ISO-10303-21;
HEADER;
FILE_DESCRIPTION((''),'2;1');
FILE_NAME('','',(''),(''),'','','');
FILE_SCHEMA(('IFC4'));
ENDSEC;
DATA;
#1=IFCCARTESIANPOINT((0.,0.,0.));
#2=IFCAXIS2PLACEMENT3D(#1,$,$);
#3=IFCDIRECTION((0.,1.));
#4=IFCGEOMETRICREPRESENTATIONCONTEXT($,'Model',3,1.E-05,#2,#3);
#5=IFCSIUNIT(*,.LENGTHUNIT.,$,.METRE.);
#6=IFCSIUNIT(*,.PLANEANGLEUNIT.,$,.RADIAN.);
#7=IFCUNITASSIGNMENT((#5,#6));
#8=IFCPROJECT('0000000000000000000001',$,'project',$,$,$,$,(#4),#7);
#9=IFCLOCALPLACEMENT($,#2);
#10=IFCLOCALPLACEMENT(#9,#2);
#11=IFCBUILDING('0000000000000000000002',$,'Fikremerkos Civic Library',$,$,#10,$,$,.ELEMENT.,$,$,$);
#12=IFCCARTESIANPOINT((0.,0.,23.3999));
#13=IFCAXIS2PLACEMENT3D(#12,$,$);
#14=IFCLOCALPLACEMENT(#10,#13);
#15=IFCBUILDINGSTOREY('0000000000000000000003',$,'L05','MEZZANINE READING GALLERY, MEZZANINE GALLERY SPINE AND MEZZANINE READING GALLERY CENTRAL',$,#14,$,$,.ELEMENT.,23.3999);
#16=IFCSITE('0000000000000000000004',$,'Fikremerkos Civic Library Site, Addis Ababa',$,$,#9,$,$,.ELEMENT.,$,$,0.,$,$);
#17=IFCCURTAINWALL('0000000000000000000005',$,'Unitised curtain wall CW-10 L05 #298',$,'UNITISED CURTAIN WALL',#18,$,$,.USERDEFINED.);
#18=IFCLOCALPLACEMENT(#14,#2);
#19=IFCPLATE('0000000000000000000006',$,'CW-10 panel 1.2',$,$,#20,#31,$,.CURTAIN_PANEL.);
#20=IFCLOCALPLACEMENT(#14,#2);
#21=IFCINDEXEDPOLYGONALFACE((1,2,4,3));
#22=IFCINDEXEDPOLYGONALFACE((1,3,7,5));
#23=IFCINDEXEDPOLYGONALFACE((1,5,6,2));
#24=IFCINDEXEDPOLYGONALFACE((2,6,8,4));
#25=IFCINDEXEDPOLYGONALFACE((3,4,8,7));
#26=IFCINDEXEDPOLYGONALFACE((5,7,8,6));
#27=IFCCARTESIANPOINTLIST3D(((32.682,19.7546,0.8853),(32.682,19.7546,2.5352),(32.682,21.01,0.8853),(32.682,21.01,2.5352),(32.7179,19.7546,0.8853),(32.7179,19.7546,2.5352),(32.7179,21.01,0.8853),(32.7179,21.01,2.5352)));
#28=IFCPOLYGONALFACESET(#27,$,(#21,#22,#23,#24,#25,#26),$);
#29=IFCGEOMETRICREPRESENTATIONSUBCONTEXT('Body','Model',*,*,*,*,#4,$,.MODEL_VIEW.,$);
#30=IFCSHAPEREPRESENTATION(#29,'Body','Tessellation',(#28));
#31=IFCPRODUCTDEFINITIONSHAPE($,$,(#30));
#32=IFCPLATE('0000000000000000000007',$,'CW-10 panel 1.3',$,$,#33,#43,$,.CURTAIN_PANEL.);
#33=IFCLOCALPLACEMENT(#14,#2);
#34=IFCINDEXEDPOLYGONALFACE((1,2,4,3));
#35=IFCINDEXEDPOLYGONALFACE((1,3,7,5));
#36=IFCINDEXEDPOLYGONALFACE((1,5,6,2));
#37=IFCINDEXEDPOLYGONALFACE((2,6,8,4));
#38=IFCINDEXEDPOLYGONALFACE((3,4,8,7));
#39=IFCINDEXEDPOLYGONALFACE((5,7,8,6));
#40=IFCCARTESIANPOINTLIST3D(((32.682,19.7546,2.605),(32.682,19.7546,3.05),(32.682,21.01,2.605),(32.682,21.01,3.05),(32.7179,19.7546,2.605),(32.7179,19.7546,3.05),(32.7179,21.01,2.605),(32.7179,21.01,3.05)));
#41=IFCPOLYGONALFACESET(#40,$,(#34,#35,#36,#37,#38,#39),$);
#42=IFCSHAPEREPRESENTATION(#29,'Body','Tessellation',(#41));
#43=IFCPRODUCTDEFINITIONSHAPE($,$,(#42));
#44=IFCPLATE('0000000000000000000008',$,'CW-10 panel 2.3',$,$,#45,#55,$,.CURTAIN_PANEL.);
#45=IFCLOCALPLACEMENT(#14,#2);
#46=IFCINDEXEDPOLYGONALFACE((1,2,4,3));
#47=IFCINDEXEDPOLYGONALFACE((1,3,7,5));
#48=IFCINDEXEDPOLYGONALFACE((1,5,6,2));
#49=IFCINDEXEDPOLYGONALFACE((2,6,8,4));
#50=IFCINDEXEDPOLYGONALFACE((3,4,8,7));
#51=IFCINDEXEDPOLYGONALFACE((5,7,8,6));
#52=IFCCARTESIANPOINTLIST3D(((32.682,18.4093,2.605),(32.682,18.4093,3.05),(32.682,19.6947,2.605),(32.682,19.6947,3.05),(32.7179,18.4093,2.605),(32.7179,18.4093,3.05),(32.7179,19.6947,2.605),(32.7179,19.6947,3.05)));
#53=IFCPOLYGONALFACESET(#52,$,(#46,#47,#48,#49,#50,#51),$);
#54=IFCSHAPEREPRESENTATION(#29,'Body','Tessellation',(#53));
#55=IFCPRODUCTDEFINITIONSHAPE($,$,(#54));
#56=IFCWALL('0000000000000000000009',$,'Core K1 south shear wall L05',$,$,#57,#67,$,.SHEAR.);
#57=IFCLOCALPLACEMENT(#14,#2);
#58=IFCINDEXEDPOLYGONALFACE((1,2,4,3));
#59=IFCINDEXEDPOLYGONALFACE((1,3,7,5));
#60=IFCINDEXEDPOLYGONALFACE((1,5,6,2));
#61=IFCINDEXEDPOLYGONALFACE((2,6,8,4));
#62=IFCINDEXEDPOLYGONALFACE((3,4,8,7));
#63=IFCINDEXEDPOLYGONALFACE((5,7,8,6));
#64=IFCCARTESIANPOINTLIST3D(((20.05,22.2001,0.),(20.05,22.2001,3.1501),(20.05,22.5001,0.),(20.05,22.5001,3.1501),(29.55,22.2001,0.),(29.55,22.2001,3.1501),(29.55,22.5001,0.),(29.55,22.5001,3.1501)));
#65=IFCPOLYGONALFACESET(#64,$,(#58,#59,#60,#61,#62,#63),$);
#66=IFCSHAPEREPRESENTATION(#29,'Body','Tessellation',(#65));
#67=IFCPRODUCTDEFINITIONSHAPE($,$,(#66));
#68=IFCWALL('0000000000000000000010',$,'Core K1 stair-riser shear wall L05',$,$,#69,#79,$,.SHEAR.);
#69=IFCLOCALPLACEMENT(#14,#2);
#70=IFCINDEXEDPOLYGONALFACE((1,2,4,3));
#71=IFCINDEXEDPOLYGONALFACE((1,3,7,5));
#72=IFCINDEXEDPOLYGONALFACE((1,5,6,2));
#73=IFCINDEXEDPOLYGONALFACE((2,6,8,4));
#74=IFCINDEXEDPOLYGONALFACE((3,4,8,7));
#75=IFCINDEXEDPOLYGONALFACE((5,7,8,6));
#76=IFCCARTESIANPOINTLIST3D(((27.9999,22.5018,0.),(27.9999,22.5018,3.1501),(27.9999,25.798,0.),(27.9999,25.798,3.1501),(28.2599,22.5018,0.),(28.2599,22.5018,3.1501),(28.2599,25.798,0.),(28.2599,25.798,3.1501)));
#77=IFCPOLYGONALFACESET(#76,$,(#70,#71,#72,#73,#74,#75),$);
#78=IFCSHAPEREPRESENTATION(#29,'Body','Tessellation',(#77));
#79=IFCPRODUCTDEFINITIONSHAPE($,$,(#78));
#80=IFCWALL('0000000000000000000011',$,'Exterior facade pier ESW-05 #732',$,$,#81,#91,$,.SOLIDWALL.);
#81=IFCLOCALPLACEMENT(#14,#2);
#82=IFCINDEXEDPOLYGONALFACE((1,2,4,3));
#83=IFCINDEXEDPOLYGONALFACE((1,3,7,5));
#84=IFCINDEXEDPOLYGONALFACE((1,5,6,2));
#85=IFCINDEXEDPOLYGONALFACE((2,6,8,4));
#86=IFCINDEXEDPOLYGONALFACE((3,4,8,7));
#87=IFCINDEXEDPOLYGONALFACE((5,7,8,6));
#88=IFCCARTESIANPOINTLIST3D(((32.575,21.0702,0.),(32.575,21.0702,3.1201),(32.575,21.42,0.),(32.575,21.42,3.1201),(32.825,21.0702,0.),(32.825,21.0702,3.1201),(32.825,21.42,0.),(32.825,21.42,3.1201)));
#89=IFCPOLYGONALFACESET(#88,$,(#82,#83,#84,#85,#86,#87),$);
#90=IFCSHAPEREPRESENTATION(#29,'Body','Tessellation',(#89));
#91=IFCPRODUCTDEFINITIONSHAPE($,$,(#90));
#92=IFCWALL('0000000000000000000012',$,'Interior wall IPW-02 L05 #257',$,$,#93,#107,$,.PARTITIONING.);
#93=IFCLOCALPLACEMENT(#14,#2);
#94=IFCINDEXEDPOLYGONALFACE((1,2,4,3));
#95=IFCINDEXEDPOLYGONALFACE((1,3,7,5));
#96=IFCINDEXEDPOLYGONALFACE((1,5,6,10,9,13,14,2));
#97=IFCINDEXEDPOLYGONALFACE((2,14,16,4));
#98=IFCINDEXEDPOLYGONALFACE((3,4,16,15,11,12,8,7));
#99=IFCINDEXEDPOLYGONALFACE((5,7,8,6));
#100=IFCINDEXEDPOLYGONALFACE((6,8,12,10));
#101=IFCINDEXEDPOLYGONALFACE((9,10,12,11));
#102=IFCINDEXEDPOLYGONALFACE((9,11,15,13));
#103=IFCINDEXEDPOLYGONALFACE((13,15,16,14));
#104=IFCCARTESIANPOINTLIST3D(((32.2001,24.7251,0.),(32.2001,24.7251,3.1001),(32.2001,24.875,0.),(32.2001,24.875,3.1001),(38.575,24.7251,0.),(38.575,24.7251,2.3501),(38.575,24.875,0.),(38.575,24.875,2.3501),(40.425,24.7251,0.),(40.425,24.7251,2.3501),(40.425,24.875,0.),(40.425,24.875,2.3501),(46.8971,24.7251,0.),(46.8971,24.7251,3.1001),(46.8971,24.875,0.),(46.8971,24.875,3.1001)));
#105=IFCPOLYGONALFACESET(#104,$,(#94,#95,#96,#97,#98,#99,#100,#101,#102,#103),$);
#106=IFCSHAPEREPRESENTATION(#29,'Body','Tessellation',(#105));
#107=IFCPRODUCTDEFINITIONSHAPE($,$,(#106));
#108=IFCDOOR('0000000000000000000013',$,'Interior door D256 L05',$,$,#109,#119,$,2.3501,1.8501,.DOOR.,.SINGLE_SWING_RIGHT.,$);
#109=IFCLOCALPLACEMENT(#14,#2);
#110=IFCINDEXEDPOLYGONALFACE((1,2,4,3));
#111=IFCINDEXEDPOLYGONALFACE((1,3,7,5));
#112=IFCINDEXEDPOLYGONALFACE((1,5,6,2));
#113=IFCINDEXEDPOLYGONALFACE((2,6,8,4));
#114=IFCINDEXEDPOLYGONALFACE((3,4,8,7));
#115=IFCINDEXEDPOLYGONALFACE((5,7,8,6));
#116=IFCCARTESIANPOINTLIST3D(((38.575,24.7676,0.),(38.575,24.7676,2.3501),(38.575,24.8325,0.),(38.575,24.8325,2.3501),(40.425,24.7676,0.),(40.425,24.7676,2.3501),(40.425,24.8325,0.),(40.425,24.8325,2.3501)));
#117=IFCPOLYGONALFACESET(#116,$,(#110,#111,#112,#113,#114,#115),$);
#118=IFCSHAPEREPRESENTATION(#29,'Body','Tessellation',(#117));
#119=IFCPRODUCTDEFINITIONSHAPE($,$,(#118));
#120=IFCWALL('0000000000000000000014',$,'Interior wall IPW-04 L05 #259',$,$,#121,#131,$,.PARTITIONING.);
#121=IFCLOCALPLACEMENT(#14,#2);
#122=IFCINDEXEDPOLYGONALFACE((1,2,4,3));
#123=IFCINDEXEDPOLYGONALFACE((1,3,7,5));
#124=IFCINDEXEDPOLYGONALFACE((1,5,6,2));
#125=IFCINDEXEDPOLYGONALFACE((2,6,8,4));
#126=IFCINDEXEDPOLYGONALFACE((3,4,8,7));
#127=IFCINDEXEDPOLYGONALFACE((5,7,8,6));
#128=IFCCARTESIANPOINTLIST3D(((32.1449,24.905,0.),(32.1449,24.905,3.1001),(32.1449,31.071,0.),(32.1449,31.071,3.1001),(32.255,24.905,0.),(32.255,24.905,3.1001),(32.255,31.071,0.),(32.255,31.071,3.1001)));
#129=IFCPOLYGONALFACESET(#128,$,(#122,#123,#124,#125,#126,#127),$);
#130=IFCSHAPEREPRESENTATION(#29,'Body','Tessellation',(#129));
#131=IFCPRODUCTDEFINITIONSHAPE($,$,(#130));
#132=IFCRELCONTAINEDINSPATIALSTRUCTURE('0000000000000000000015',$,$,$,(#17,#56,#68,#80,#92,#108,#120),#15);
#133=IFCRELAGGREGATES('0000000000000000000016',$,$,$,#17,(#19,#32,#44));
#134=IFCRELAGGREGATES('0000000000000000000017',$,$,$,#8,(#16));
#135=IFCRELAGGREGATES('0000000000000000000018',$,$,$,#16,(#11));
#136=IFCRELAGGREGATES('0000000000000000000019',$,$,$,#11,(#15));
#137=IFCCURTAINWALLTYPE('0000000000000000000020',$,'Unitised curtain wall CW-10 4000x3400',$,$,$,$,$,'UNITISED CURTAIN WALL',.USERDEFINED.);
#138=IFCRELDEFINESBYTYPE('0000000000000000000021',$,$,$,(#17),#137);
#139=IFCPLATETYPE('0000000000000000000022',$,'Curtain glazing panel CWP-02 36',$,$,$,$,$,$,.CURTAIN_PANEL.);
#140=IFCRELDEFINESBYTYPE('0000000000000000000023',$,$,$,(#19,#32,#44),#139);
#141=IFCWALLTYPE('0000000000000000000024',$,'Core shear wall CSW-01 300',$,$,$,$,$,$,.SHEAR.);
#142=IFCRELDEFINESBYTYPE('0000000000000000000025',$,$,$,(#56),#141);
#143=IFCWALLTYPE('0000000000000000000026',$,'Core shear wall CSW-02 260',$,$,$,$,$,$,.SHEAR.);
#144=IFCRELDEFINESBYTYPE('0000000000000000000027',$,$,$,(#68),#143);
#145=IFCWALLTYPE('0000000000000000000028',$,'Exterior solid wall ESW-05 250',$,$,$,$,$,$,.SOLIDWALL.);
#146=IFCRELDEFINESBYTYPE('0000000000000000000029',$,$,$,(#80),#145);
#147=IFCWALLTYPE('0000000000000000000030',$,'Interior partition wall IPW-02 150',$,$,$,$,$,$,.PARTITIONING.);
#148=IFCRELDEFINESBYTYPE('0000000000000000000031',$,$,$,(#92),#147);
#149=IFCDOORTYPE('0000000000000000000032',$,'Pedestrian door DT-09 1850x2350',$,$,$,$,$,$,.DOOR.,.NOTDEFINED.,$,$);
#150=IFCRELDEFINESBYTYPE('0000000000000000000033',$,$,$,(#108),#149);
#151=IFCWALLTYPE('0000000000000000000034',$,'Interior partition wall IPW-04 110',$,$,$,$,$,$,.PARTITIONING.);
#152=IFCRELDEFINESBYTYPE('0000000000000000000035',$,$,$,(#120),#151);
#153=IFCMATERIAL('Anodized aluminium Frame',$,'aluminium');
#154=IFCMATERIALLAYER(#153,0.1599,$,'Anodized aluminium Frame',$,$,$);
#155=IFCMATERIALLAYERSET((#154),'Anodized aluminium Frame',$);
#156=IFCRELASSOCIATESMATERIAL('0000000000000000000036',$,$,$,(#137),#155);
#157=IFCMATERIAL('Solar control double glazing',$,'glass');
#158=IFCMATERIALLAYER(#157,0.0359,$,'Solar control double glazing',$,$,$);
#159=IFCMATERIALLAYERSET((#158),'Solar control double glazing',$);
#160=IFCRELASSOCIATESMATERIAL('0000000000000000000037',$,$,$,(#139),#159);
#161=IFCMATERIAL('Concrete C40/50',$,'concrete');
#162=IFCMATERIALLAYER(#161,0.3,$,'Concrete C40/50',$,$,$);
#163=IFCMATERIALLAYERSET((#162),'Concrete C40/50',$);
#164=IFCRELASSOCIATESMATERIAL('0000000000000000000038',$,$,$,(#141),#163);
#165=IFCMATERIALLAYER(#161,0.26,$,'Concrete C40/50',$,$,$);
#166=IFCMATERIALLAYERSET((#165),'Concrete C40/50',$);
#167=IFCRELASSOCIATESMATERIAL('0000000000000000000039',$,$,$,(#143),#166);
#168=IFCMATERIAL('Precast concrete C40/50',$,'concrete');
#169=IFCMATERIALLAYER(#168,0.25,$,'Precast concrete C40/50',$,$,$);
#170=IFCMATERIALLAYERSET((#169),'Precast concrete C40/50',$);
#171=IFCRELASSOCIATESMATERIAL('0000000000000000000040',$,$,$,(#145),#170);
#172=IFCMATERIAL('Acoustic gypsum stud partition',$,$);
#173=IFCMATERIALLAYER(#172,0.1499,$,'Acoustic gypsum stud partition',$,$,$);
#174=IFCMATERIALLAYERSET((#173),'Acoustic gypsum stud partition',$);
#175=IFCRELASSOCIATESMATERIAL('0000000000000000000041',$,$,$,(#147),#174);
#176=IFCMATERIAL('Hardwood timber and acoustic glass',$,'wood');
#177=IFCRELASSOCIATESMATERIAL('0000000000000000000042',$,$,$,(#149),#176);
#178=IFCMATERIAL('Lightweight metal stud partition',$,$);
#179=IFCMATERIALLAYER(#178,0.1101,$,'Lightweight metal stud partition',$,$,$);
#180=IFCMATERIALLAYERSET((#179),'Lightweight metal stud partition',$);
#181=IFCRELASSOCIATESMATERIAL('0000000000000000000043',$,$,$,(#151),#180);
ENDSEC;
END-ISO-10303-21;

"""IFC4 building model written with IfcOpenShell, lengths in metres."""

from ifc_helpers import new_model, si_unit, direction, frame, frame_2d, origin, origin_2d, place, context, subcontext, project, spatial, rectangle, extrude, material, layer, layer_set, type_object, element, fill, aggregate, save


model = new_model("IFC4")

# Units and contexts
model_context = context("Model", 3, precision=1e-05, world=origin(), true_north=direction((0.0, 1.0)))
body_context = subcontext(model_context, "Body", "Model", "MODEL_VIEW")
ifc_project = project(units=[si_unit("LENGTHUNIT", "METRE"), si_unit("PLANEANGLEUNIT", "RADIAN")], contexts=[model_context])

# Site, building, storey
site_placement = place(None, origin())
site = spatial("IfcSite", under=ifc_project, at=site_placement, Name="Fikremerkos Civic Library Site, Addis Ababa", CompositionType="ELEMENT", RefElevation=0.0)
building_placement = place(site_placement, origin())
building = spatial("IfcBuilding", under=site, at=building_placement, Name="Fikremerkos Civic Library", CompositionType="ELEMENT")
storey_placement = place(building_placement, frame((0.0, 0.0, 23.3999)))
storey = spatial("IfcBuildingStorey", under=building, at=storey_placement, Name="L05", Description="MEZZANINE READING GALLERY, MEZZANINE GALLERY SPINE AND MEZZANINE READING GALLERY CENTRAL", CompositionType="ELEMENT", Elevation=23.3999)

# Curtain wall, plates
ifc_material_1 = material(Name="Anodized aluminium Frame", Category="aluminium")
ifc_layer_1 = layer(ifc_material_1, 0.1599, Name="Anodized aluminium Frame")
ifc_layer_set_1 = layer_set([ifc_layer_1], Name="Anodized aluminium Frame")
curtain_wall_type = type_object("IfcCurtainWallType", Name="Unitised curtain wall CW-10 4000x3400", ElementType="UNITISED CURTAIN WALL", PredefinedType="USERDEFINED", material=ifc_layer_set_1)
curtain_wall_placement = place(storey_placement, origin())
curtain_wall = element("IfcCurtainWall", 1, at=curtain_wall_placement, inside=storey, type_object=curtain_wall_type, Name="Unitised curtain wall CW-10 L05 #298", ObjectType="UNITISED CURTAIN WALL", PredefinedType="USERDEFINED")
ifc_material_2 = material(Name="Solar control double glazing", Category="glass")
ifc_layer_2 = layer(ifc_material_2, 0.0359, Name="Solar control double glazing")
ifc_layer_set_2 = layer_set([ifc_layer_2], Name="Solar control double glazing")
plate_type = type_object("IfcPlateType", Name="Curtain glazing panel CWP-02 36", PredefinedType="CURTAIN_PANEL", material=ifc_layer_set_2)
plate_1_placement = place(storey_placement, frame((32.7, 20.3823, 0.8853), z_axis=(0.0, 0.0, 1.0), x_axis=(0.0, -1.0, 0.0)))
plate_1 = element("IfcPlate", 2, at=plate_1_placement, type_object=plate_type, Name="CW-10 panel 1.2", PredefinedType="CURTAIN_PANEL", context=body_context, shape_type="SweptSolid", body=[
    extrude(rectangle(XDim=1.2554, YDim=0.0359, at=origin_2d()), origin(), (0.0, 0.0, 1.0), 1.6499),
])
plate_2_placement = place(storey_placement, frame((32.7, 20.3823, 2.605), z_axis=(0.0, 0.0, 1.0), x_axis=(0.0, -1.0, 0.0)))
plate_2 = element("IfcPlate", 3, at=plate_2_placement, type_object=plate_type, Name="CW-10 panel 1.3", PredefinedType="CURTAIN_PANEL", context=body_context, shape_type="SweptSolid", body=[
    extrude(rectangle(XDim=1.2554, YDim=0.0359, at=origin_2d()), origin(), (0.0, 0.0, 1.0), 0.4451),
])
plate_3_placement = place(storey_placement, frame((32.7, 19.052, 2.605), z_axis=(0.0, 0.0, 1.0), x_axis=(0.0, -1.0, 0.0)))
plate_3 = element("IfcPlate", 4, at=plate_3_placement, type_object=plate_type, Name="CW-10 panel 2.3", PredefinedType="CURTAIN_PANEL", context=body_context, shape_type="SweptSolid", body=[
    extrude(rectangle(XDim=1.2854, YDim=0.0359, at=origin_2d()), origin(), (0.0, 0.0, 1.0), 0.4451),
])
aggregate(curtain_wall, [plate_1, plate_2, plate_3])

# Walls
ifc_material_3 = material(Name="Concrete C40/50", Category="concrete")
ifc_layer_3 = layer(ifc_material_3, 0.3, Name="Concrete C40/50")
ifc_layer_set_3 = layer_set([ifc_layer_3], Name="Concrete C40/50")
wall_type_1 = type_object("IfcWallType", Name="Core shear wall CSW-01 300", PredefinedType="SHEAR", material=ifc_layer_set_3)
wall_1_placement = place(storey_placement, frame((29.55, 22.3501, 0.0), z_axis=(0.0, 0.0, 1.0), x_axis=(-1.0, 0.0, 0.0)))
element("IfcWall", 5, at=wall_1_placement, inside=storey, type_object=wall_type_1, Name="Core K1 south shear wall L05", PredefinedType="SHEAR", context=body_context, shape_type="SweptSolid", body=[
    extrude(rectangle(XDim=9.5, YDim=0.3, at=frame_2d((4.75, 0.0))), origin(), (0.0, 0.0, 1.0), 3.1501),
])
ifc_layer_4 = layer(ifc_material_3, 0.26, Name="Concrete C40/50")
ifc_layer_set_4 = layer_set([ifc_layer_4], Name="Concrete C40/50")
wall_type_2 = type_object("IfcWallType", Name="Core shear wall CSW-02 260", PredefinedType="SHEAR", material=ifc_layer_set_4)
wall_2_placement = place(storey_placement, frame((28.1299, 22.502, 0.0), z_axis=(0.0, 0.0, 1.0), x_axis=(0.0, 1.0, 0.0)))
element("IfcWall", 6, at=wall_2_placement, inside=storey, type_object=wall_type_2, Name="Core K1 stair-riser shear wall L05", PredefinedType="SHEAR", context=body_context, shape_type="SweptSolid", body=[
    extrude(rectangle(XDim=3.2961, YDim=0.26, at=frame_2d((1.6479, 0.0))), origin(), (0.0, 0.0, 1.0), 3.1501),
])

# Wall
ifc_material_4 = material(Name="Precast concrete C40/50", Category="concrete")
ifc_layer_5 = layer(ifc_material_4, 0.25, Name="Precast concrete C40/50")
ifc_layer_set_5 = layer_set([ifc_layer_5], Name="Precast concrete C40/50")
wall_type_3 = type_object("IfcWallType", Name="Exterior solid wall ESW-05 250", PredefinedType="SOLIDWALL", material=ifc_layer_set_5)
wall_3_placement = place(storey_placement, frame((32.7, 21.4199, 0.0), z_axis=(0.0, 0.0, 1.0), x_axis=(0.0, -1.0, 0.0)))
element("IfcWall", 7, at=wall_3_placement, inside=storey, type_object=wall_type_3, Name="Exterior facade pier ESW-05 #732", PredefinedType="SOLIDWALL", context=body_context, shape_type="SweptSolid", body=[
    extrude(rectangle(XDim=0.3499, YDim=0.25, at=frame_2d((0.1748, 0.0))), origin(), (0.0, 0.0, 1.0), 3.1201),
])

# Wall, opening, door
ifc_material_5 = material(Name="Acoustic gypsum stud partition")
ifc_layer_6 = layer(ifc_material_5, 0.1499, Name="Acoustic gypsum stud partition")
ifc_layer_set_6 = layer_set([ifc_layer_6], Name="Acoustic gypsum stud partition")
wall_type_4 = type_object("IfcWallType", Name="Interior partition wall IPW-02 150", PredefinedType="PARTITIONING", material=ifc_layer_set_6)
wall_4_placement = place(storey_placement, frame((32.2, 24.8, 0.0), z_axis=(0.0, 0.0, 1.0), x_axis=(1.0, 0.0, 0.0)))
wall_4 = element("IfcWall", 8, at=wall_4_placement, inside=storey, type_object=wall_type_4, Name="Interior wall IPW-02 L05 #257", PredefinedType="PARTITIONING", context=body_context, shape_type="SweptSolid", body=[
    extrude(rectangle(XDim=14.697, YDim=0.1499, at=frame_2d((7.3486, 0.0))), origin(), (0.0, 0.0, 1.0), 3.1001),
])
opening_1_placement = place(wall_4_placement, frame((6.375, 0.0, 0.0)))
opening_1 = element("IfcOpeningElement", 9, at=opening_1_placement, cuts=wall_4, PredefinedType="OPENING", context=body_context, shape_type="SweptSolid", body=[
    extrude(rectangle(XDim=1.8501, YDim=2.3501, at=frame_2d((0.925, 1.175))), frame((0.0, 0.085, 0.0), z_axis=(0.0, -1.0, 0.0), x_axis=(1.0, 0.0, 0.0)), (0.0, 0.0, 1.0), 0.1699),
])
ifc_material_6 = material(Name="Hardwood timber and acoustic glass", Category="wood")
door_type_1 = type_object("IfcDoorType", Name="Pedestrian door DT-09 1850x2350", OperationType="NOTDEFINED", PredefinedType="DOOR", material=ifc_material_6)
door_1_placement = place(opening_1_placement, origin())
door_1 = element("IfcDoor", 10, at=door_1_placement, inside=storey, type_object=door_type_1, Name="Interior door D256 L05", OperationType="SINGLE_SWING_RIGHT", OverallHeight=2.3501, OverallWidth=1.8501, PredefinedType="DOOR", context=body_context, shape_type="SweptSolid", body=[
    extrude(rectangle(XDim=1.8501, YDim=2.3501, at=frame_2d((0.925, 1.175))), frame((0.0, 0.0325, 0.0), z_axis=(0.0, -1.0, 0.0), x_axis=(1.0, 0.0, 0.0)), (0.0, 0.0, 1.0), 0.0649),
])
fill(opening_1, door_1)

# Wall
ifc_material_7 = material(Name="Lightweight metal stud partition")
ifc_layer_7 = layer(ifc_material_7, 0.1101, Name="Lightweight metal stud partition")
ifc_layer_set_7 = layer_set([ifc_layer_7], Name="Lightweight metal stud partition")
wall_type_5 = type_object("IfcWallType", Name="Interior partition wall IPW-04 110", PredefinedType="PARTITIONING", material=ifc_layer_set_7)
wall_5_placement = place(storey_placement, frame((32.2, 24.905, 0.0), z_axis=(0.0, 0.0, 1.0), x_axis=(0.0, 1.0, 0.0)))
element("IfcWall", 11, at=wall_5_placement, inside=storey, type_object=wall_type_5, Name="Interior wall IPW-04 L05 #259", PredefinedType="PARTITIONING", context=body_context, shape_type="SweptSolid", body=[
    extrude(rectangle(XDim=6.166, YDim=0.1101, at=frame_2d((3.083, 0.0))), origin(), (0.0, 0.0, 1.0), 3.1001),
])

save(model, "model.ifc")
